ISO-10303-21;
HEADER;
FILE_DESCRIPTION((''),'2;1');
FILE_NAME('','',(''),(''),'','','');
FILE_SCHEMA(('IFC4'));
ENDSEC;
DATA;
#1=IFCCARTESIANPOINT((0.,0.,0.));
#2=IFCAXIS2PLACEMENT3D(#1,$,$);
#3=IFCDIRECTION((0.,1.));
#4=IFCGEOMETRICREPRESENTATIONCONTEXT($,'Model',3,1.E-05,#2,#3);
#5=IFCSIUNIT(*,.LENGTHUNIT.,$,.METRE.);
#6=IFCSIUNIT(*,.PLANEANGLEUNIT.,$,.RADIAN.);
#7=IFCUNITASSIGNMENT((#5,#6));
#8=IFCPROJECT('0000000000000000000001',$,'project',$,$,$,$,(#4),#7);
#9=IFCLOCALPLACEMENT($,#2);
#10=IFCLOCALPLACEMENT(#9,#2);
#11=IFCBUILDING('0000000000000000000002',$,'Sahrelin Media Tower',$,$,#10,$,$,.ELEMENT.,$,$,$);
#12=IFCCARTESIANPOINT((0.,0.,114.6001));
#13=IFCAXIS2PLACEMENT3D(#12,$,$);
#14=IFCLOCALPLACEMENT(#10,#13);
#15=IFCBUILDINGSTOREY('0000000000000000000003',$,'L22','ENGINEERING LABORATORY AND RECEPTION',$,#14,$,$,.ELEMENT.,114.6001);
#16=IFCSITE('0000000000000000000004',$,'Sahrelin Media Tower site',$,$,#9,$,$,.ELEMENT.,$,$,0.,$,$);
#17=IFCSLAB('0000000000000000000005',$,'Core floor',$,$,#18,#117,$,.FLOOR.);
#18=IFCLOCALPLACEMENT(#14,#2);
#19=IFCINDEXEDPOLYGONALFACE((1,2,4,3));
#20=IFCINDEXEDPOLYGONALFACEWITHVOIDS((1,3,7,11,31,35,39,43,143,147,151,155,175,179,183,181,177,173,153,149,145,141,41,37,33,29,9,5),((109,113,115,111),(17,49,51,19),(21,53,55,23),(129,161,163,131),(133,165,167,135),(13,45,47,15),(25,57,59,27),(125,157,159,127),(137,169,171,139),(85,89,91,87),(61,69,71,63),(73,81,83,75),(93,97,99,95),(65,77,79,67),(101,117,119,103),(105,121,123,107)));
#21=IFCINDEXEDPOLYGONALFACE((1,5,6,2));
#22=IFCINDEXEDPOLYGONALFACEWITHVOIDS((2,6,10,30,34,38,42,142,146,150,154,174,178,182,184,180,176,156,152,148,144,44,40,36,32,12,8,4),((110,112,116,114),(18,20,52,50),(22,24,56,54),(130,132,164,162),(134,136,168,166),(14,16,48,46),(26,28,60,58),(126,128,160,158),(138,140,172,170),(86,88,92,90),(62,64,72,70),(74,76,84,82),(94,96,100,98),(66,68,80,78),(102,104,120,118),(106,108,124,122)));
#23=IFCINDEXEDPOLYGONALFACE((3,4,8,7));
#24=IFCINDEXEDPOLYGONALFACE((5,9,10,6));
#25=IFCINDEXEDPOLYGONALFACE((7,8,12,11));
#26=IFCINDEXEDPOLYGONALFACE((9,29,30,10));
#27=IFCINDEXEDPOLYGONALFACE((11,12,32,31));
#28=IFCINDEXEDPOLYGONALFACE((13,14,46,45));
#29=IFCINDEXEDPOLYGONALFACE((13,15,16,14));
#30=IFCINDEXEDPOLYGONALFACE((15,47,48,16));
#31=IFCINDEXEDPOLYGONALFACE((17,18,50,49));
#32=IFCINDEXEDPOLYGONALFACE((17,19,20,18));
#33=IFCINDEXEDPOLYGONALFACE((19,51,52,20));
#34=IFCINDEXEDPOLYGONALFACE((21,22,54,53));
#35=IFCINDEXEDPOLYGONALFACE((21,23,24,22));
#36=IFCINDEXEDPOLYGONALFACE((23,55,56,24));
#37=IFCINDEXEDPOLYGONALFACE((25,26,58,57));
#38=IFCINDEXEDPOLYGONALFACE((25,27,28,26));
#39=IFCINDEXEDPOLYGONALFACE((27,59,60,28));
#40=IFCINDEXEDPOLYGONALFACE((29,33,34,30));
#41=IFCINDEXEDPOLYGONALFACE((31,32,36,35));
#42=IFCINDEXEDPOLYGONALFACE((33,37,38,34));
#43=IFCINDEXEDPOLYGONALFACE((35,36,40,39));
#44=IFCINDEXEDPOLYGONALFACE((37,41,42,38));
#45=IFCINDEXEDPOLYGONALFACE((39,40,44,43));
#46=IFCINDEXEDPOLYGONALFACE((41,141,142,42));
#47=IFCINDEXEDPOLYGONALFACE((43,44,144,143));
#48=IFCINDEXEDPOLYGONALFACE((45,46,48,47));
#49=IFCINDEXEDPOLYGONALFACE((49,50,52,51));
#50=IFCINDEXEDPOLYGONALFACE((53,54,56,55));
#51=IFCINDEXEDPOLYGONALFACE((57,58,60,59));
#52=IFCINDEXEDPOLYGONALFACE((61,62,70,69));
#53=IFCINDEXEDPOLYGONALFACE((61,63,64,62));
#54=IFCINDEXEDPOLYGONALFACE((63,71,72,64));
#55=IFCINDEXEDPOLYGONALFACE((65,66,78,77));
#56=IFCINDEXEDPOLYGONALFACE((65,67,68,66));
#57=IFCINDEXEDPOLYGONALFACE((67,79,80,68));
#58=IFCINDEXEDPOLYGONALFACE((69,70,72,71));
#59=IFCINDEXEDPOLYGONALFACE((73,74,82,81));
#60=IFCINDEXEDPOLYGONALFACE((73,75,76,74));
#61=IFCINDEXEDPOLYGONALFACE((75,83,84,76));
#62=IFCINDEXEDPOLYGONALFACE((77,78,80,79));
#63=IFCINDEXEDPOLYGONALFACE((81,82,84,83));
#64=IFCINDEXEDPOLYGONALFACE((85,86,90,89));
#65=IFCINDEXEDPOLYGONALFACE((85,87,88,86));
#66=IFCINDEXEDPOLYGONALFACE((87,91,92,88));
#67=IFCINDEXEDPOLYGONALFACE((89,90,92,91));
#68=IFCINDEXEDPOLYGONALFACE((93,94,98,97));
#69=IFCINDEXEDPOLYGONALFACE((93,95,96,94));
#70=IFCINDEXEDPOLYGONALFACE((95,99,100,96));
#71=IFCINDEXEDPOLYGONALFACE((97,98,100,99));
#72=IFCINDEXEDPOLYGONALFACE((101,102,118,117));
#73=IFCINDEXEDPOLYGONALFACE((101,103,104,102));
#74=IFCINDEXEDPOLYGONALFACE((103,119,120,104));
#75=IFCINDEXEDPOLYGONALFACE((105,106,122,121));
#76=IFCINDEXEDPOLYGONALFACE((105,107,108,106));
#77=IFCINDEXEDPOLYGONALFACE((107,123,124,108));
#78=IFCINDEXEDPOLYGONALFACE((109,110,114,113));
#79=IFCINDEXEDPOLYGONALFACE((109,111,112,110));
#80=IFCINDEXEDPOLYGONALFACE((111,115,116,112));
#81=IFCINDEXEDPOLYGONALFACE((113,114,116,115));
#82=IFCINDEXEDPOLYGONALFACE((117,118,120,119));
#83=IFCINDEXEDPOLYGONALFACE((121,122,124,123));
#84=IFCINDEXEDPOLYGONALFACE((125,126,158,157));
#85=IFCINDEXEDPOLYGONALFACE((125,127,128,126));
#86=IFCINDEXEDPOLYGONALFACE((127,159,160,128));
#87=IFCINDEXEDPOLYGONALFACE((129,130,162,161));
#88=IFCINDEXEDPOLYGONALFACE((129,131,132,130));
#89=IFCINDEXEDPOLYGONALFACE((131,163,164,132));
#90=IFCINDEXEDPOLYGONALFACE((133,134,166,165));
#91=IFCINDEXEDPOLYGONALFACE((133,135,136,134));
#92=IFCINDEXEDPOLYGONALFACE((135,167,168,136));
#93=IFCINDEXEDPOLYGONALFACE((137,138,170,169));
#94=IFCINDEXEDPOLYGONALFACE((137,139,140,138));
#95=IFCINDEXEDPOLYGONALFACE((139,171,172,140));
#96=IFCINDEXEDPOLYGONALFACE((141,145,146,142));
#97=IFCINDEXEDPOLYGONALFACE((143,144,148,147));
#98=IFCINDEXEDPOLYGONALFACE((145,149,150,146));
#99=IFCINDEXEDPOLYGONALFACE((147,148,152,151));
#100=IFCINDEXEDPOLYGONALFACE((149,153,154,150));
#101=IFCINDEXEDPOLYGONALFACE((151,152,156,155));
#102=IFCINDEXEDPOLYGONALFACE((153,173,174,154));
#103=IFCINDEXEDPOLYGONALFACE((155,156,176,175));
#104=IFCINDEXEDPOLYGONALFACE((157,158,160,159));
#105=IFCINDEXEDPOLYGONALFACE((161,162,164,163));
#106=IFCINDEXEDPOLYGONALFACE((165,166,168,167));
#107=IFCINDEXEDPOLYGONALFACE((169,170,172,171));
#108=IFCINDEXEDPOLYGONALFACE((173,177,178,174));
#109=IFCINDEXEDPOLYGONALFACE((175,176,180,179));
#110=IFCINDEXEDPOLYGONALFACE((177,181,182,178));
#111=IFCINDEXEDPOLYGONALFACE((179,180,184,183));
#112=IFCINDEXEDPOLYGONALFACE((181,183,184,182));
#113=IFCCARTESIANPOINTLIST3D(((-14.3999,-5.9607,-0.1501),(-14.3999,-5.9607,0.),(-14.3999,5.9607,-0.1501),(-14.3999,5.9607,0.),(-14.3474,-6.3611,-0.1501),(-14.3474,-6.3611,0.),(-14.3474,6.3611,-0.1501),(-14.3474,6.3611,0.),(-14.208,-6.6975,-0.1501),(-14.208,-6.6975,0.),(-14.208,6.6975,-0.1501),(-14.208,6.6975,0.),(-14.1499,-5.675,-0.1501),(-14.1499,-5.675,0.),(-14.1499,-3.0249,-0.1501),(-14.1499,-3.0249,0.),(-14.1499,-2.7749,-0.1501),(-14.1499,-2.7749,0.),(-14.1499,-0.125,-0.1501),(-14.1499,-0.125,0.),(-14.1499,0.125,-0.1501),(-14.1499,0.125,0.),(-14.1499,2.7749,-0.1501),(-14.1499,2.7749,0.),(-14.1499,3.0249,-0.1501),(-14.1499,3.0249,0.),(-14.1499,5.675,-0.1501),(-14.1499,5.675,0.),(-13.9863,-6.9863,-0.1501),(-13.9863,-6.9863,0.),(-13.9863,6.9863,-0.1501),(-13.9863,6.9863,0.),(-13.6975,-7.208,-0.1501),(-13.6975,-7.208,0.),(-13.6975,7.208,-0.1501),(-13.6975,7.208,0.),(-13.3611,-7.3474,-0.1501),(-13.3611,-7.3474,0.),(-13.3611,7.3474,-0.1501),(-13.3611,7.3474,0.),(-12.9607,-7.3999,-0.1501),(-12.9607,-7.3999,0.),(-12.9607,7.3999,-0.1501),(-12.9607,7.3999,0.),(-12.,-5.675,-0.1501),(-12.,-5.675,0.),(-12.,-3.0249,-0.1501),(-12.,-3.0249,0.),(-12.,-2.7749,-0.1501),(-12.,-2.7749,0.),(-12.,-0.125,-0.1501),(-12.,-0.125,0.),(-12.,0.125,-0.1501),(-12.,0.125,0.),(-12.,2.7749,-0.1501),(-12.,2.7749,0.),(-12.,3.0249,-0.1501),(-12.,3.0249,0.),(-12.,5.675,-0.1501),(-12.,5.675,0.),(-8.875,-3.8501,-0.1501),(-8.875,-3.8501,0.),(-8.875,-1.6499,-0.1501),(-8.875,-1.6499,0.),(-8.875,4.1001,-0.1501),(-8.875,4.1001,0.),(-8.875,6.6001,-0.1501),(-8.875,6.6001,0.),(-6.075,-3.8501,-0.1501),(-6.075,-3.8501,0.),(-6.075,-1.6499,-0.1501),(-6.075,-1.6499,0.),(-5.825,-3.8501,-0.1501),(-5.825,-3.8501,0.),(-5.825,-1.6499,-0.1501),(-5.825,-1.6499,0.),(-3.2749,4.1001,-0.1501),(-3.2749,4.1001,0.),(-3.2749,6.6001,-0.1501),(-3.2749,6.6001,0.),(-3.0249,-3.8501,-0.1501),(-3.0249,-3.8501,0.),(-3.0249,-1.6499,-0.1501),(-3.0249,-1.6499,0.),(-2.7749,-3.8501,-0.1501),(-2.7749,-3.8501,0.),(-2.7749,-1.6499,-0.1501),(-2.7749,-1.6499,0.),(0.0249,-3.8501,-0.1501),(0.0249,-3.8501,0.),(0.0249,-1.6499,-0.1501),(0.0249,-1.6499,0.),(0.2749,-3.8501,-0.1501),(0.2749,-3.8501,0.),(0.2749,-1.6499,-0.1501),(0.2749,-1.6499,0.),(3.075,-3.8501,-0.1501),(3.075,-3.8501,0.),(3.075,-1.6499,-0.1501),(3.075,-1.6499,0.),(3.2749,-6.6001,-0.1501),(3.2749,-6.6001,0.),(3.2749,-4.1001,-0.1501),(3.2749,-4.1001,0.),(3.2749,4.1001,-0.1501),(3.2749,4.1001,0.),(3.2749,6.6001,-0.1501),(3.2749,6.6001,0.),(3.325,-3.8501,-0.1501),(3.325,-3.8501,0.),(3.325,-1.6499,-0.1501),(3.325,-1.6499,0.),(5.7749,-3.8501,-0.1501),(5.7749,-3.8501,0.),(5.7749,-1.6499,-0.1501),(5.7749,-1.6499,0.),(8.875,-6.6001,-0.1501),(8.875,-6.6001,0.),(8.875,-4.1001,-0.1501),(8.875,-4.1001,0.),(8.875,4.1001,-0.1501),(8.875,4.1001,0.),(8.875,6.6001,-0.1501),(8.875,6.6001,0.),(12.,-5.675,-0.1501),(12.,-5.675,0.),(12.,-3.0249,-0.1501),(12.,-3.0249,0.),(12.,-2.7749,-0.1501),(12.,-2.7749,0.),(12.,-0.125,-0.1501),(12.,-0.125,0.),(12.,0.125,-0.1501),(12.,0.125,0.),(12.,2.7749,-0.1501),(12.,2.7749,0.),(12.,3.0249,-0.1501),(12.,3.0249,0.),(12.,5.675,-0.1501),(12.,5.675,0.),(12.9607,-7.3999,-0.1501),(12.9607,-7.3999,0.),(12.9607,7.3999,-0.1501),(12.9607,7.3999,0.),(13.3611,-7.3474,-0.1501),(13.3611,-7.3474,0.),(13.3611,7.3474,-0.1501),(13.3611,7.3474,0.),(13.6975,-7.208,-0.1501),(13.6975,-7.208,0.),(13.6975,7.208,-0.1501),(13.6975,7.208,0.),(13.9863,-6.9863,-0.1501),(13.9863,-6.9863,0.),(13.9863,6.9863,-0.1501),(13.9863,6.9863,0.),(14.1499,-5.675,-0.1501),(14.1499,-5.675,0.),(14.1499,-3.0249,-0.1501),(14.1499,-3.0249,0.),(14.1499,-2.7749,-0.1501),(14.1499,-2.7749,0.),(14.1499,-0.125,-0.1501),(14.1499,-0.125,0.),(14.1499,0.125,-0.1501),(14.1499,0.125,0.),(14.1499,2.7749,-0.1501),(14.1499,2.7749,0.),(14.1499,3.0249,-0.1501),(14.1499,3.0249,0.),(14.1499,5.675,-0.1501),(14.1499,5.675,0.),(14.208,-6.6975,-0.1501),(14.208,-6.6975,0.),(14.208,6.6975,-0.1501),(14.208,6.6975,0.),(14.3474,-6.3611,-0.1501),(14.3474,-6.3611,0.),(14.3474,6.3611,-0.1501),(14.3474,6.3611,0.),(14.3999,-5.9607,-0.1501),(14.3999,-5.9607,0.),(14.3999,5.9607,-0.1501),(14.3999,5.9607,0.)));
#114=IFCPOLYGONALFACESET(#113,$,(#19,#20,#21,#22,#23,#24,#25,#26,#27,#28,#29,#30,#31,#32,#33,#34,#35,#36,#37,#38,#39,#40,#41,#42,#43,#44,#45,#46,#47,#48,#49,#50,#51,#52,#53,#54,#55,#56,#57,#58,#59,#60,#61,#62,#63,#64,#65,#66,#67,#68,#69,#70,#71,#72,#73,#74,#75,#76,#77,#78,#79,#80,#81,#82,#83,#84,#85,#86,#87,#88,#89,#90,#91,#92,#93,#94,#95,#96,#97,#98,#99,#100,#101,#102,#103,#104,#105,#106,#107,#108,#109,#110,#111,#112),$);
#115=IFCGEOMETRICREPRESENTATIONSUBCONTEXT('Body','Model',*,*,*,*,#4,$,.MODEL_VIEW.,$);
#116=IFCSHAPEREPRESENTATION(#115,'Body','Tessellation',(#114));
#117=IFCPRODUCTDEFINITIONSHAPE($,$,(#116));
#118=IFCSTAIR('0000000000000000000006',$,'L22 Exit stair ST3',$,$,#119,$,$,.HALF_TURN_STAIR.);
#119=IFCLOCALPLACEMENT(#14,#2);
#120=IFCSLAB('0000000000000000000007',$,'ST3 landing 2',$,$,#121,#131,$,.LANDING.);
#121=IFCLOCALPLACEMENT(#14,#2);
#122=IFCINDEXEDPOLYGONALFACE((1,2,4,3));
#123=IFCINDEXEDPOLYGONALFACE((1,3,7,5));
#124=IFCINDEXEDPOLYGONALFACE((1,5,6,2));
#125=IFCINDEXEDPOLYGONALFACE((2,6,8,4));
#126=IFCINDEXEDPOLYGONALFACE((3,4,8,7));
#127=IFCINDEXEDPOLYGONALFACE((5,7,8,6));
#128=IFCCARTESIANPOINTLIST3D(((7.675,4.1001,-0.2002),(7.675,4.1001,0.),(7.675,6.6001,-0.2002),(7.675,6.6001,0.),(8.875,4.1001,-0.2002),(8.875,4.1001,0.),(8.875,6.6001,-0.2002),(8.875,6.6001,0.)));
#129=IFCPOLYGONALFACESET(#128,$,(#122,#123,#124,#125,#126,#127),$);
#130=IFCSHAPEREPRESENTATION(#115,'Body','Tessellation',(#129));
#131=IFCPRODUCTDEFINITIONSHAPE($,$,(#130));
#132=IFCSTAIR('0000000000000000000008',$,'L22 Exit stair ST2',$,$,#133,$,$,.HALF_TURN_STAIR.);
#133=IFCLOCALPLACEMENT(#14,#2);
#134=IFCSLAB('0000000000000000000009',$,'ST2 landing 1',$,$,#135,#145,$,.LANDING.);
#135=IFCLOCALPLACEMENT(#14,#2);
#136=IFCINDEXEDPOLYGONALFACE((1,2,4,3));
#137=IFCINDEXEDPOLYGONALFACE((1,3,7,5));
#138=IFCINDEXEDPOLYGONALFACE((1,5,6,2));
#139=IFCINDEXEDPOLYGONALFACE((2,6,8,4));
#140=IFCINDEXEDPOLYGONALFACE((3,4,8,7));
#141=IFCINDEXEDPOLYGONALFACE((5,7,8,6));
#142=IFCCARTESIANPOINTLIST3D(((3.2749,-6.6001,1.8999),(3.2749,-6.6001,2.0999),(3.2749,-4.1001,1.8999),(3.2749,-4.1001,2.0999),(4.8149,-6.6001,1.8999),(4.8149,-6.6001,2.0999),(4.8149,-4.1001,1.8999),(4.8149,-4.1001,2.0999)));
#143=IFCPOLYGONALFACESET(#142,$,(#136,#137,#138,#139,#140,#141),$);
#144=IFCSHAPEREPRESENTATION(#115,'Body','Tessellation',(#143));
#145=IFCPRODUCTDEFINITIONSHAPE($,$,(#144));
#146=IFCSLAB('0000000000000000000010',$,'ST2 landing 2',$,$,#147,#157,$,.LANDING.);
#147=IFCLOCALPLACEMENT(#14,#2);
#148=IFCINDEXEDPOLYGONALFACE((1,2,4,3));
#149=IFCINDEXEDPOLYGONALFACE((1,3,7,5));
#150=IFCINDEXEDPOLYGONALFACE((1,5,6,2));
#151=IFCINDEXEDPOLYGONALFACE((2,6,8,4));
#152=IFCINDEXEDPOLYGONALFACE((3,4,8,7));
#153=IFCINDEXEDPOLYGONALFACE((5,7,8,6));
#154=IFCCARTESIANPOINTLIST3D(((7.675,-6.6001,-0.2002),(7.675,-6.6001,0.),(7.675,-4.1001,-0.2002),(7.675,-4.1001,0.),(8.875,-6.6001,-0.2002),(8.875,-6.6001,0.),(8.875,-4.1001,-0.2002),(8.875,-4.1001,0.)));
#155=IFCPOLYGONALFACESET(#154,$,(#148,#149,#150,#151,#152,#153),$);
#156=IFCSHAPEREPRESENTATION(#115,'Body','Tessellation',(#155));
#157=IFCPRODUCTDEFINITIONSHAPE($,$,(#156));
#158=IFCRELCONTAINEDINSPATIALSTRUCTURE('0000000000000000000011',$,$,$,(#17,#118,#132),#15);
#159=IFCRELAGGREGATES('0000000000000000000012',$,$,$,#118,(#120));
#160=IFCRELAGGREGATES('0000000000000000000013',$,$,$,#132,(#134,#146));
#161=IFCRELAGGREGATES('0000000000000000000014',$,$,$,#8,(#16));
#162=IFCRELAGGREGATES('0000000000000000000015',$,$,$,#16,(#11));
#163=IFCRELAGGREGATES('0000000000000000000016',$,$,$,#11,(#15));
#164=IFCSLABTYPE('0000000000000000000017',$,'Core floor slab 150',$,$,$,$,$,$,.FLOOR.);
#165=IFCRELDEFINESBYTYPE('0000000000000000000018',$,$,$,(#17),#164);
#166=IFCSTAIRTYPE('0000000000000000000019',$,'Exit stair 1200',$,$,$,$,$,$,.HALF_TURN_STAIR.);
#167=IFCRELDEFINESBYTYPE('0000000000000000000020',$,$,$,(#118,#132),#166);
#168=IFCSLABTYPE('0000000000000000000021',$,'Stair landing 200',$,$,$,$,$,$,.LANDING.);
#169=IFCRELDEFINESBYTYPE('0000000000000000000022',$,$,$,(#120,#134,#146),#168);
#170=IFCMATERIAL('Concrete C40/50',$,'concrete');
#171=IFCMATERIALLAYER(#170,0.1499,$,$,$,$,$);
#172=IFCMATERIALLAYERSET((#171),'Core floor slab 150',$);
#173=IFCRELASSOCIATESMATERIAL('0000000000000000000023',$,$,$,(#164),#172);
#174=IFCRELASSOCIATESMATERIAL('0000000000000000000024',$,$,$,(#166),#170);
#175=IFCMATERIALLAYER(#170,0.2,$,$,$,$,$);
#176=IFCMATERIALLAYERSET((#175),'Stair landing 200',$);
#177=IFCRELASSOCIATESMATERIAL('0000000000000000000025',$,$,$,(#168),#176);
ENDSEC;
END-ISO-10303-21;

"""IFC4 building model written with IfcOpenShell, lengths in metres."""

from ifc_helpers import new_model, si_unit, direction, frame, origin, place, context, subcontext, project, spatial, polyline, outline, extrude, material, layer, layer_set, type_object, element, aggregate, save


model = new_model("IFC4")

# Units and contexts
model_context = context("Model", 3, precision=1e-05, world=origin(), true_north=direction((0.0, 1.0)))
body_context = subcontext(model_context, "Body", "Model", "MODEL_VIEW")
ifc_project = project(units=[si_unit("LENGTHUNIT", "METRE"), si_unit("PLANEANGLEUNIT", "RADIAN")], contexts=[model_context])

# Site, building, storey
site_placement = place(None, origin())
site = spatial("IfcSite", under=ifc_project, at=site_placement, Name="Sahrelin Media Tower site", CompositionType="ELEMENT", RefElevation=0.0)
building_placement = place(site_placement, origin())
building = spatial("IfcBuilding", under=site, at=building_placement, Name="Sahrelin Media Tower", CompositionType="ELEMENT")
storey_placement = place(building_placement, frame((0.0, 0.0, 114.6001)))
storey = spatial("IfcBuildingStorey", under=building, at=storey_placement, Name="L22", Description="ENGINEERING LABORATORY AND RECEPTION", CompositionType="ELEMENT", Elevation=114.6001)

# Slab
ifc_material_1 = material(Name="Concrete C40/50", Category="concrete")
ifc_layer_1 = layer(ifc_material_1, 0.1499)
ifc_layer_set_1 = layer_set([ifc_layer_1], Name="Core floor slab 150")
slab_type_1 = type_object("IfcSlabType", Name="Core floor slab 150", PredefinedType="FLOOR", material=ifc_layer_set_1)
slab_1_placement = place(storey_placement, frame((0.0, 0.0, -0.1501)))
element("IfcSlab", 1, at=slab_1_placement, inside=storey, type_object=slab_type_1, Name="Core floor", PredefinedType="FLOOR", context=body_context, shape_type="SweptSolid", body=[
    extrude(outline(polyline([(-14.3474, 6.3611), (-14.3999, 5.9607), (-14.3999, -5.9607), (-14.3474, -6.3611), (-14.208, -6.6975), (-13.9863, -6.9863), (-13.6975, -7.208), (-13.3611, -7.3474), (-12.9607, -7.3999), (12.9607, -7.3999), (13.3611, -7.3474), (13.6975, -7.208), (13.9863, -6.9863), (14.208, -6.6975), (14.3474, -6.3611), (14.3999, -5.9607), (14.3999, 5.9607), (14.3474, 6.3611), (14.208, 6.6975), (13.9863, 6.9863), (13.6975, 7.208), (13.3611, 7.3474), (12.9607, 7.3999), (-12.9607, 7.3999), (-13.3611, 7.3474), (-13.6975, 7.208), (-13.9863, 6.9863), (-14.208, 6.6975), (-14.3474, 6.3611)]), holes=[polyline([(-12.0, 3.0249), (-12.0, 5.675), (-14.1499, 5.675), (-14.1499, 3.0249), (-12.0, 3.0249)]), polyline([(-14.1499, 0.125), (-12.0, 0.125), (-12.0, 2.7749), (-14.1499, 2.7749), (-14.1499, 0.125)]), polyline([(-14.1499, -0.125), (-14.1499, -2.7749), (-12.0, -2.7749), (-12.0, -0.125), (-14.1499, -0.125)]), polyline([(-12.0, -3.0249), (-14.1499, -3.0249), (-14.1499, -5.675), (-12.0, -5.675), (-12.0, -3.0249)]), polyline([(14.1499, 3.0249), (14.1499, 5.675), (12.0, 5.675), (12.0, 3.0249), (14.1499, 3.0249)]), polyline([(12.0, 0.125), (14.1499, 0.125), (14.1499, 2.7749), (12.0, 2.7749), (12.0, 0.125)]), polyline([(12.0, -0.125), (12.0, -2.7749), (14.1499, -2.7749), (14.1499, -0.125), (12.0, -0.125)]), polyline([(14.1499, -3.0249), (12.0, -3.0249), (12.0, -5.675), (14.1499, -5.675), (14.1499, -3.0249)]), polyline([(-6.075, -3.8501), (-6.075, -1.6499), (-8.875, -1.6499), (-8.875, -3.8501), (-6.075, -3.8501)]), polyline([(-5.825, -3.8501), (-3.0249, -3.8501), (-3.0249, -1.6499), (-5.825, -1.6499), (-5.825, -3.8501)]), polyline([(-2.7749, -1.6499), (-2.7749, -3.8501), (0.0249, -3.8501), (0.0249, -1.6499), (-2.7749, -1.6499)]), polyline([(3.075, -1.6499), (0.2749, -1.6499), (0.2749, -3.8501), (3.075, -3.8501), (3.075, -1.6499)]), polyline([(5.7749, -3.8501), (5.7749, -1.6499), (3.325, -1.6499), (3.325, -3.8501), (5.7749, -3.8501)]), polyline([(-8.875, 6.6001), (-8.875, 4.1001), (-3.2749, 4.1001), (-3.2749, 6.6001), (-8.875, 6.6001)]), polyline([(3.2749, 4.1001), (8.875, 4.1001), (8.875, 6.6001), (3.2749, 6.6001), (3.2749, 4.1001)]), polyline([(3.2749, -4.1001), (3.2749, -6.6001), (8.875, -6.6001), (8.875, -4.1001), (3.2749, -4.1001)])]), origin(), (0.0, 0.0, 1.0), 0.1501),
])

# Stair, slab
stair_type = type_object("IfcStairType", Name="Exit stair 1200", PredefinedType="HALF_TURN_STAIR", material=ifc_material_1)
placement_1 = place(storey_placement, origin())
stair_1 = element("IfcStair", 2, at=placement_1, inside=storey, type_object=stair_type, Name="L22 Exit stair ST3", PredefinedType="HALF_TURN_STAIR")
ifc_layer_2 = layer(ifc_material_1, 0.2)
ifc_layer_set_2 = layer_set([ifc_layer_2], Name="Stair landing 200")
slab_type_2 = type_object("IfcSlabType", Name="Stair landing 200", PredefinedType="LANDING", material=ifc_layer_set_2)
placement_2 = place(storey_placement, frame((0.0, 0.0, -0.2002)))
slab_2 = element("IfcSlab", 3, at=placement_2, type_object=slab_type_2, Name="ST3 landing 2", PredefinedType="LANDING", context=body_context, shape_type="SweptSolid", body=[
    extrude(outline(polyline([(8.875, 6.6001), (7.675, 6.6001), (7.675, 4.1001), (8.875, 4.1001), (8.875, 6.6001)])), origin(), (0.0, 0.0, 1.0), 0.2002),
])
aggregate(stair_1, [slab_2])

# Stair, slabs
stair_2 = element("IfcStair", 4, at=placement_1, inside=storey, type_object=stair_type, Name="L22 Exit stair ST2", PredefinedType="HALF_TURN_STAIR")
slab_3_placement = place(storey_placement, frame((0.0, 0.0, 1.8999)))
slab_3 = element("IfcSlab", 5, at=slab_3_placement, type_object=slab_type_2, Name="ST2 landing 1", PredefinedType="LANDING", context=body_context, shape_type="SweptSolid", body=[
    extrude(outline(polyline([(4.8149, -4.1001), (3.2749, -4.1001), (3.2749, -6.6001), (4.8149, -6.6001), (4.8149, -4.1001)])), origin(), (0.0, 0.0, 1.0), 0.2),
])
slab_4 = element("IfcSlab", 6, at=placement_2, type_object=slab_type_2, Name="ST2 landing 2", PredefinedType="LANDING", context=body_context, shape_type="SweptSolid", body=[
    extrude(outline(polyline([(8.875, -4.1001), (7.675, -4.1001), (7.675, -6.6001), (8.875, -6.6001), (8.875, -4.1001)])), origin(), (0.0, 0.0, 1.0), 0.2002),
])
aggregate(stair_2, [slab_3, slab_4])

save(model, "model.ifc")
